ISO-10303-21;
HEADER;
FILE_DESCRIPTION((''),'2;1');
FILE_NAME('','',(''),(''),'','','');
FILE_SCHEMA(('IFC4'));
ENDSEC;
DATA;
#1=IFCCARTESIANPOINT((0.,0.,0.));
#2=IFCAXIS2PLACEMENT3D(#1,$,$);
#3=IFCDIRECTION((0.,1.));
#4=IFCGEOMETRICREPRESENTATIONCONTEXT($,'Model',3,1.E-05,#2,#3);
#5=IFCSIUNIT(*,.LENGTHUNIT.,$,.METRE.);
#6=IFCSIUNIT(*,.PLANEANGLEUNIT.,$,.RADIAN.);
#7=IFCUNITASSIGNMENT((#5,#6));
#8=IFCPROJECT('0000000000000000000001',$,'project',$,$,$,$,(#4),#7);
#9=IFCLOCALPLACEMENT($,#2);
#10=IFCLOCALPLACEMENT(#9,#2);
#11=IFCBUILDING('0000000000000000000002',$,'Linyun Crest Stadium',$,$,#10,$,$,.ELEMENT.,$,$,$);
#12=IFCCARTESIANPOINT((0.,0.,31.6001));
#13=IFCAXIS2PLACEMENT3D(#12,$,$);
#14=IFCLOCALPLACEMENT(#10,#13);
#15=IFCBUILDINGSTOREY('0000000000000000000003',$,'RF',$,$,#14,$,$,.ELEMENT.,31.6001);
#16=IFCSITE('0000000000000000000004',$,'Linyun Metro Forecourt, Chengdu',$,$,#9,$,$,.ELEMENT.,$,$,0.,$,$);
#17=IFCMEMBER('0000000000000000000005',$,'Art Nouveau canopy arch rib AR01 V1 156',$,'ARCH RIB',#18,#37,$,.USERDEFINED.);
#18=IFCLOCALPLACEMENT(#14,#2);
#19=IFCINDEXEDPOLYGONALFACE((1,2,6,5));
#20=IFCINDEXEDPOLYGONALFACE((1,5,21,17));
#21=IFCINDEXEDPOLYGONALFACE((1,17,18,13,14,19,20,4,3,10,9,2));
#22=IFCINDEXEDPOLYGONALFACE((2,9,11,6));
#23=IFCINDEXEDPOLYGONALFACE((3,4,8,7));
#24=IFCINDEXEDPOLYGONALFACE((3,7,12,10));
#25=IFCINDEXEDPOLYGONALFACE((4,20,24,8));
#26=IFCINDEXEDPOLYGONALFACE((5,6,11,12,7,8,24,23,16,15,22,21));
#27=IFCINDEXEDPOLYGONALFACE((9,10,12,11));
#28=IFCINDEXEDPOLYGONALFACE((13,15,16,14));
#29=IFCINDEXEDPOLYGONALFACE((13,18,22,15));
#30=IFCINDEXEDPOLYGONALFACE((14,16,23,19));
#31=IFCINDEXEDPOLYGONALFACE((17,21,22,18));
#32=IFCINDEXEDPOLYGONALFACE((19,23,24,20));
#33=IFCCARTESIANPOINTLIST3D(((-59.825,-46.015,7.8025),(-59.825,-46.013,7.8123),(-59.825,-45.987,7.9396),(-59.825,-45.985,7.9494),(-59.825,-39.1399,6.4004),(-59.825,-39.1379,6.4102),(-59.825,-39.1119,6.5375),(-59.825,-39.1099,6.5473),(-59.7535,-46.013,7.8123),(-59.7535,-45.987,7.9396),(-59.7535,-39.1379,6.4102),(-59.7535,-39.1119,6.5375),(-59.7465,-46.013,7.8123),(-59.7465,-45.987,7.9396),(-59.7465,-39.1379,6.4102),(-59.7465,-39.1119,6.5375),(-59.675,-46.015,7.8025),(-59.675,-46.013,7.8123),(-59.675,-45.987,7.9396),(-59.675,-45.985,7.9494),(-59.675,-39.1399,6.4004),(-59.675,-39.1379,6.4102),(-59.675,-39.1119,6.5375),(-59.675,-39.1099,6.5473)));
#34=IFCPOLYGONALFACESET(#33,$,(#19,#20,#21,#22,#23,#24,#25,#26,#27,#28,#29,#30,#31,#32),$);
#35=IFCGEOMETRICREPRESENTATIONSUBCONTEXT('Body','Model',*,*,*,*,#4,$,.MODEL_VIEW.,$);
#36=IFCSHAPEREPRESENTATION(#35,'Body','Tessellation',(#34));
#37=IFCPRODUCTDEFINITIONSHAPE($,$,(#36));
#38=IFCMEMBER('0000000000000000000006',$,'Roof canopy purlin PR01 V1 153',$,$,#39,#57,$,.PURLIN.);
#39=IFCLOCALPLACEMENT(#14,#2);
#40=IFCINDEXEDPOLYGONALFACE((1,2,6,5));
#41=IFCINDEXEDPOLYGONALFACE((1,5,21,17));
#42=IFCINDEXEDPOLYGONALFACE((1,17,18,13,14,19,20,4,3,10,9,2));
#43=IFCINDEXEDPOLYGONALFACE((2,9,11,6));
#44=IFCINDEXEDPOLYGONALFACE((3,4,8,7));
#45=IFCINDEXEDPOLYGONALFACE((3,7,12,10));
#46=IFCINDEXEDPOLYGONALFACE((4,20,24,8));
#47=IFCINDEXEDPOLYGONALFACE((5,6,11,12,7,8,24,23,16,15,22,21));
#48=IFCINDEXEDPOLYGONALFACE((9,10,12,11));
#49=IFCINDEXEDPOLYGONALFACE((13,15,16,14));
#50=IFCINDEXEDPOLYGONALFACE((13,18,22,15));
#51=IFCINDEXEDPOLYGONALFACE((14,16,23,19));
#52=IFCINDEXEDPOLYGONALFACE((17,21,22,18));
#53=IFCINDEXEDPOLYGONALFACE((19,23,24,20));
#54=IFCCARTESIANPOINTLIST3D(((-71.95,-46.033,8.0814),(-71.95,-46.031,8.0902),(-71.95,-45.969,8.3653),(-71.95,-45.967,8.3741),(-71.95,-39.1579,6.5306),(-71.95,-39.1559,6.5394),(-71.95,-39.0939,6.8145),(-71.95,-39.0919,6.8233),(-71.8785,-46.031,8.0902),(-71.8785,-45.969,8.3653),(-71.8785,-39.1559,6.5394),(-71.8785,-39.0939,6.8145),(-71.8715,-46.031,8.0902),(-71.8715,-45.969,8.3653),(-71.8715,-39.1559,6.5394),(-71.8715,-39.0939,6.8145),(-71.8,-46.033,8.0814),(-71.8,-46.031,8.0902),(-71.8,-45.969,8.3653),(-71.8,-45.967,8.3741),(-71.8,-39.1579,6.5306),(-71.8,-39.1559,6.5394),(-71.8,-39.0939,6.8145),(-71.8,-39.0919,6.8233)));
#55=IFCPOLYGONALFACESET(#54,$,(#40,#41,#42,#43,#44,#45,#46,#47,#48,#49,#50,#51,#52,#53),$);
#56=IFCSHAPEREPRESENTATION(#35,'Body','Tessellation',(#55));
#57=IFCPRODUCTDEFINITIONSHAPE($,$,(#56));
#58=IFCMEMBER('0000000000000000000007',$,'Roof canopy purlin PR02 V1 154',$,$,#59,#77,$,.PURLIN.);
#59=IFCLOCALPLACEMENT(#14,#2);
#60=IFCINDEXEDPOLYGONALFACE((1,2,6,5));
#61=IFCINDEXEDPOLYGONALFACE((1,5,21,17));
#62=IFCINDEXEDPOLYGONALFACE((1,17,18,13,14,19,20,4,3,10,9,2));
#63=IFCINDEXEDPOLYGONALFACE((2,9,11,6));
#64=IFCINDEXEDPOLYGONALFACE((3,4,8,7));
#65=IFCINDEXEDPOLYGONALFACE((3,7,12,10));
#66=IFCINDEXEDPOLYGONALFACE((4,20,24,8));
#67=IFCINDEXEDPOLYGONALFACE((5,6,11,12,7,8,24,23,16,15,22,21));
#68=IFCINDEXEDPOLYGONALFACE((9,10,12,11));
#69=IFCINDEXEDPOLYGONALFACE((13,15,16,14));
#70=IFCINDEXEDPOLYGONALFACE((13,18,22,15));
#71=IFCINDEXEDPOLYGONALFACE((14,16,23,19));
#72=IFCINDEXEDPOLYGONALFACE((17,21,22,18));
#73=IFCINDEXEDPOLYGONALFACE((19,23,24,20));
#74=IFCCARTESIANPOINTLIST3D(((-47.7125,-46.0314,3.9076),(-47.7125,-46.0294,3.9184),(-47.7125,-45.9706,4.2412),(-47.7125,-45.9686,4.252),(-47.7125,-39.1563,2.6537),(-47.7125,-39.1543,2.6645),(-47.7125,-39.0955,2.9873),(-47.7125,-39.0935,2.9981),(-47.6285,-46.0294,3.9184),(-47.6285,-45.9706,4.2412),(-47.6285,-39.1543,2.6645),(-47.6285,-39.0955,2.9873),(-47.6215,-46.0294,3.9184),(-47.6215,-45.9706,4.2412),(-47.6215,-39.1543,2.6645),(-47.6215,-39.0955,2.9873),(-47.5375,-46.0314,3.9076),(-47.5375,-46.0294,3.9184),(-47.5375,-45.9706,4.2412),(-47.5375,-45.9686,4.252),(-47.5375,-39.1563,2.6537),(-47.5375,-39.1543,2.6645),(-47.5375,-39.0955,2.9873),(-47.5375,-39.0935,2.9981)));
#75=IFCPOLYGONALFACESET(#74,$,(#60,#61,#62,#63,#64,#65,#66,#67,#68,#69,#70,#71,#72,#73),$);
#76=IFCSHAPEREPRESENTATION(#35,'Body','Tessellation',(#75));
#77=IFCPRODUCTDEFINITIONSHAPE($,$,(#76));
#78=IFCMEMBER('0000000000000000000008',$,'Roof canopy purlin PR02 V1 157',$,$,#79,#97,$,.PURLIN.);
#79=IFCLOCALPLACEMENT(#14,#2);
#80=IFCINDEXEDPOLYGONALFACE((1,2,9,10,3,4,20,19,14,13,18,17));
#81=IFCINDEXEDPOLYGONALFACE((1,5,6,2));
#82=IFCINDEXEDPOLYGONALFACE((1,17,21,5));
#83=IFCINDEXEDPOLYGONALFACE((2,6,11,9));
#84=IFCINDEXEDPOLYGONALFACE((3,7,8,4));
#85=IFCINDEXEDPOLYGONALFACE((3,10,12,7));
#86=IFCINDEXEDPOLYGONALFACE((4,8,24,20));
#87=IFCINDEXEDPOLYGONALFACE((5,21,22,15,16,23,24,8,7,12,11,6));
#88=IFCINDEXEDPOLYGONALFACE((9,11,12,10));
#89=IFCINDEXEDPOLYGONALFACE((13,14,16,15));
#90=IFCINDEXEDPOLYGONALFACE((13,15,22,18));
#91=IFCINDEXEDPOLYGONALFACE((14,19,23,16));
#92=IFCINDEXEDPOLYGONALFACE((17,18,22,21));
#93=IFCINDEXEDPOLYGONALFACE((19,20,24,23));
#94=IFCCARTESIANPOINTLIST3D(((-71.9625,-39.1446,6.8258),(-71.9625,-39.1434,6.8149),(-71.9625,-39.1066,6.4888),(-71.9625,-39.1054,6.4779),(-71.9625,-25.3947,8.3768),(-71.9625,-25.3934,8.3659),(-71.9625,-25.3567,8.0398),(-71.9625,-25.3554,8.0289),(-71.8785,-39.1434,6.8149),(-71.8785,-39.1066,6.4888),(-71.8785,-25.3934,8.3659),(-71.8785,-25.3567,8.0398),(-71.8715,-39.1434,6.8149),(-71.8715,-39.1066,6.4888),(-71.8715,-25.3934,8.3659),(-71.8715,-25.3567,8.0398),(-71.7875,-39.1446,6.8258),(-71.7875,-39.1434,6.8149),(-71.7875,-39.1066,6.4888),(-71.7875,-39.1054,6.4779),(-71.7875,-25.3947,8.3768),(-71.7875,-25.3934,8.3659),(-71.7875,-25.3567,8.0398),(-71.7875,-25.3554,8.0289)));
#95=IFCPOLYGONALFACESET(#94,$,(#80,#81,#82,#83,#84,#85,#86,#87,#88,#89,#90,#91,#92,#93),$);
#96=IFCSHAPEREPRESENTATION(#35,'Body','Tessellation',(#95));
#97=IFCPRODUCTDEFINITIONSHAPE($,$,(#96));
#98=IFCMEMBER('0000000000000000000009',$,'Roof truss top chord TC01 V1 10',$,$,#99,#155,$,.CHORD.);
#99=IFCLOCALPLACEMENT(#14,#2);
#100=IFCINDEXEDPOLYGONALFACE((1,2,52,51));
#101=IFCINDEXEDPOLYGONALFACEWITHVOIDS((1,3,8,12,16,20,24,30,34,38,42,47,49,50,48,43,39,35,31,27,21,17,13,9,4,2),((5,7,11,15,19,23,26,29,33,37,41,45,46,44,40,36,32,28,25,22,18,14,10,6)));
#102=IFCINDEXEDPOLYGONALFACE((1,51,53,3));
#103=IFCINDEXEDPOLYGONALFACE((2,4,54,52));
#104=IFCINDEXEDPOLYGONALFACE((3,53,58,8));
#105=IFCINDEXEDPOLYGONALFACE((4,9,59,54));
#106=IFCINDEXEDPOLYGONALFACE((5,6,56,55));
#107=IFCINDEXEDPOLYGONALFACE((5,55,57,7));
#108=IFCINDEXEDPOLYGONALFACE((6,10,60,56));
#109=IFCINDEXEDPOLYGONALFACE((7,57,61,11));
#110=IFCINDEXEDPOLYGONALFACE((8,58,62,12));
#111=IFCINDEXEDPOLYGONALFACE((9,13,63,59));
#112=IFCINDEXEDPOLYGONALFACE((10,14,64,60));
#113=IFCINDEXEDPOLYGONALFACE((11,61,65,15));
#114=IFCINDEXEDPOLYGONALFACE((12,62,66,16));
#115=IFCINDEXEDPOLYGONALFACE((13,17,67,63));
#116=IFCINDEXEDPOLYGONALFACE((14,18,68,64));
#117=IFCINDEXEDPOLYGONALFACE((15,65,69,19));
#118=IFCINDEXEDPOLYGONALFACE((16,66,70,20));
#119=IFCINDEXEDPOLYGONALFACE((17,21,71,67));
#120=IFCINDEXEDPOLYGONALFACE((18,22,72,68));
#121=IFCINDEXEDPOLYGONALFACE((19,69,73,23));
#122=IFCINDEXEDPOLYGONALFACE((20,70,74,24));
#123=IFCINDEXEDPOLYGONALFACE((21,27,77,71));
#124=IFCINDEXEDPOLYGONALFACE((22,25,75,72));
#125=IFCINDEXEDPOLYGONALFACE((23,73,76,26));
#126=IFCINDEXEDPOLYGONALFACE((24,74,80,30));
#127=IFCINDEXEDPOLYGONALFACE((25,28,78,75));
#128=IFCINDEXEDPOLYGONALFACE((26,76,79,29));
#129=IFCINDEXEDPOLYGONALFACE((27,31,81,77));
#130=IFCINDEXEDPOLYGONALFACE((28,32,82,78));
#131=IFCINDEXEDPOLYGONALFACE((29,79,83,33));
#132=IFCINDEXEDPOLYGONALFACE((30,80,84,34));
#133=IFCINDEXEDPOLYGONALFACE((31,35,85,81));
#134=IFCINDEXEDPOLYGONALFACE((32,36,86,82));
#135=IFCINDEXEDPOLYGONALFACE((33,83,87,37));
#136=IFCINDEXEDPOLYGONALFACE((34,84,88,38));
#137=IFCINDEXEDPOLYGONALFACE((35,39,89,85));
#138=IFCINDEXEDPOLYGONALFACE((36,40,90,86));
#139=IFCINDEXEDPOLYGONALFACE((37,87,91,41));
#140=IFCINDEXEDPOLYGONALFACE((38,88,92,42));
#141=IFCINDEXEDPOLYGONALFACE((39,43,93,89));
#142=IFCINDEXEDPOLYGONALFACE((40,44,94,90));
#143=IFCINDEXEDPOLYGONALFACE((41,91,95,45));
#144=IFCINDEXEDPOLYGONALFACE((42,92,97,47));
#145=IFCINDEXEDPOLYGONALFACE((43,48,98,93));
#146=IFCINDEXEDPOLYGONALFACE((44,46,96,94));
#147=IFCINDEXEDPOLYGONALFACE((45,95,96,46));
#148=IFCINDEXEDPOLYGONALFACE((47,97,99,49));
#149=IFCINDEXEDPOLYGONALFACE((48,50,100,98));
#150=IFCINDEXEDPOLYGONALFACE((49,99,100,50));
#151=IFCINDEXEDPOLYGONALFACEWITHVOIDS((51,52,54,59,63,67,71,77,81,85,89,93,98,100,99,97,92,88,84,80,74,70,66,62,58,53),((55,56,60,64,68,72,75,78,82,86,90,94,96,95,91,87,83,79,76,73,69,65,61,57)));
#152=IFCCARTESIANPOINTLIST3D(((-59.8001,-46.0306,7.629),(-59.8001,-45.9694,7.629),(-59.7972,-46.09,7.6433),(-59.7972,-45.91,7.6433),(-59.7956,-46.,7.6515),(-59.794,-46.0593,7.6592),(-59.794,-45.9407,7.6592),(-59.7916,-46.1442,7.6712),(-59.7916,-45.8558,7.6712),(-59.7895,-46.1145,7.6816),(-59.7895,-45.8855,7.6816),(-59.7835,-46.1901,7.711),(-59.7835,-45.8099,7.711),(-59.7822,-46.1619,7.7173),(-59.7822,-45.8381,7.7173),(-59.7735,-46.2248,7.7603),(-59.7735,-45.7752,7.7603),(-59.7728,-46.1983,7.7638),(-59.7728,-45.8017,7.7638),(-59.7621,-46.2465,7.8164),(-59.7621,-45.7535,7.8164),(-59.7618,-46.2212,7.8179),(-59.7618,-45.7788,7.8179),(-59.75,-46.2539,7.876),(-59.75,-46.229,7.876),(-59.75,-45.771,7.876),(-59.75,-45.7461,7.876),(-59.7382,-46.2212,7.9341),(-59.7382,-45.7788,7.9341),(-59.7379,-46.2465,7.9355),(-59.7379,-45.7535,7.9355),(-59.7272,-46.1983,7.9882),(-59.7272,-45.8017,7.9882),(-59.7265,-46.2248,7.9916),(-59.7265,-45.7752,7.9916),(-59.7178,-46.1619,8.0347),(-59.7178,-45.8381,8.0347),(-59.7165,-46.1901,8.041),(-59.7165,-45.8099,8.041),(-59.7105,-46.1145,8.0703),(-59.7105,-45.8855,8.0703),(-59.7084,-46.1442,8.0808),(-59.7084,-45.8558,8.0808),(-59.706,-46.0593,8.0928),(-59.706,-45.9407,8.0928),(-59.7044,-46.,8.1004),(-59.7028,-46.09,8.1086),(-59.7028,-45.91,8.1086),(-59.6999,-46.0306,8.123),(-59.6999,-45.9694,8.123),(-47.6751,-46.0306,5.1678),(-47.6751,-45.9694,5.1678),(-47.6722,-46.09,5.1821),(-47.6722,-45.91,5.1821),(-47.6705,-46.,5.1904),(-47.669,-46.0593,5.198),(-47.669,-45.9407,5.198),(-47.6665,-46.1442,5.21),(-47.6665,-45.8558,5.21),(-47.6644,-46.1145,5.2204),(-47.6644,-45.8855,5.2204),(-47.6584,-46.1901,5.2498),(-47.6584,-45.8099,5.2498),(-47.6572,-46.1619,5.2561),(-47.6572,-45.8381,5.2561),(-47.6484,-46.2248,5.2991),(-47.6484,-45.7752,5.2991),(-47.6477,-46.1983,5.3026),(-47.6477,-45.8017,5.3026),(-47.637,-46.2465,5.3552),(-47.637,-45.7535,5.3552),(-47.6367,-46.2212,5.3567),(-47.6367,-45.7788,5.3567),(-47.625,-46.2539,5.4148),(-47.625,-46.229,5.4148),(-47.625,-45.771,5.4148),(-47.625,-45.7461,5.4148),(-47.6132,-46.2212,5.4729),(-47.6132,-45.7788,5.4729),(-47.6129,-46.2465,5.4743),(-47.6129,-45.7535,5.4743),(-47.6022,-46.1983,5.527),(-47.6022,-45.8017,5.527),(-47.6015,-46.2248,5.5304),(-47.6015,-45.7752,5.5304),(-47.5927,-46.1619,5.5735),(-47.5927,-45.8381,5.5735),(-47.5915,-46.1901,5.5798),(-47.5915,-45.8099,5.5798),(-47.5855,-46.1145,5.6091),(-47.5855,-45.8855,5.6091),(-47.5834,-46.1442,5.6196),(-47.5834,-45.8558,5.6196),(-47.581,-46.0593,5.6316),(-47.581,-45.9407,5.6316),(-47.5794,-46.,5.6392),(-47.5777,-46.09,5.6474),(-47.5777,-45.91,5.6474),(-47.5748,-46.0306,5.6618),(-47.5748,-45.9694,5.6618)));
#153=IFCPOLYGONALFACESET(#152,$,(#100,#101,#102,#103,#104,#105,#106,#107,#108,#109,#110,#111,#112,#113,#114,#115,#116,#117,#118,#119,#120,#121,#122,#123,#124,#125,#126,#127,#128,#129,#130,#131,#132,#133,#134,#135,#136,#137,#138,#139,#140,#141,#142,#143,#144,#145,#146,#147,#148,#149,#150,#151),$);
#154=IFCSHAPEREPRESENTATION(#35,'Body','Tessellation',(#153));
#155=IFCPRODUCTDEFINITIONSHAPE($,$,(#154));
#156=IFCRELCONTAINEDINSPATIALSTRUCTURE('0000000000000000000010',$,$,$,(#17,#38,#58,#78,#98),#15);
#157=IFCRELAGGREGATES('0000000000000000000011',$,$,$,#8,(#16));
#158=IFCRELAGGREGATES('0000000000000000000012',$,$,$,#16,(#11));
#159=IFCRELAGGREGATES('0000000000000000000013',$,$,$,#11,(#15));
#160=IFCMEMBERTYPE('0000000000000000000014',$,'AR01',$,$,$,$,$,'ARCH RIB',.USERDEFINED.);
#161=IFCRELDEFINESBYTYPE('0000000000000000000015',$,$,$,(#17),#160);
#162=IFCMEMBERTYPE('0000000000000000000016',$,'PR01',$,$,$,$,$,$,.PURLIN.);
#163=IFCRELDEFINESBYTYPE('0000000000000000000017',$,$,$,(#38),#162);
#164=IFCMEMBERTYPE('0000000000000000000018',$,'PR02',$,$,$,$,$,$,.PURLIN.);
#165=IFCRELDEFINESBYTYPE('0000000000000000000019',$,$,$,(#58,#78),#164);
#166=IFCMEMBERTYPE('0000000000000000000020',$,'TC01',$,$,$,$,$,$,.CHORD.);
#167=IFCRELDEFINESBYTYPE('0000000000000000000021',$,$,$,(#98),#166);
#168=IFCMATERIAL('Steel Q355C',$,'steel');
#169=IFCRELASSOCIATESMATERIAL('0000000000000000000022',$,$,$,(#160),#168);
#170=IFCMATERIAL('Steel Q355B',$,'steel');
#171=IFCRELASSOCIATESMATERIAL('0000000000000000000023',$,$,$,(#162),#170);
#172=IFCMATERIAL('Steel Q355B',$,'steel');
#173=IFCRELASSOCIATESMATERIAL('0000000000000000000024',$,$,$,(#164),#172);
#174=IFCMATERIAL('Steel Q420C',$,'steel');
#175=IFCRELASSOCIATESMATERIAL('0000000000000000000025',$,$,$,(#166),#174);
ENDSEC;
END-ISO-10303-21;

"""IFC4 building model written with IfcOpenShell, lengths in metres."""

from ifc_helpers import new_model, si_unit, direction, frame, origin, origin_2d, place, context, subcontext, project, spatial, hollow_circle, i_section, extrude, material, material_profile, profile_set, type_object, element, save


model = new_model("IFC4")

# Units and contexts
model_context = context("Model", 3, precision=1e-05, world=origin(), true_north=direction((0.0, 1.0)))
body_context = subcontext(model_context, "Body", "Model", "MODEL_VIEW")
ifc_project = project(units=[si_unit("LENGTHUNIT", "METRE"), si_unit("PLANEANGLEUNIT", "RADIAN")], contexts=[model_context])

# Site, building, storey
site_placement = place(None, origin())
site = spatial("IfcSite", under=ifc_project, at=site_placement, Name="Linyun Metro Forecourt, Chengdu", CompositionType="ELEMENT", RefElevation=0.0)
building_placement = place(site_placement, origin())
building = spatial("IfcBuilding", under=site, at=building_placement, Name="Linyun Crest Stadium", CompositionType="ELEMENT")
storey_placement = place(building_placement, frame((0.0, 0.0, 31.6001)))
storey = spatial("IfcBuildingStorey", under=building, at=storey_placement, Name="RF", CompositionType="ELEMENT", Elevation=31.6001)

# Members
ifc_material_1 = material(Name="Steel Q355C", Category="steel")
ifc_material_profile_1 = material_profile(ifc_material_1, i_section(OverallWidth=0.1499, OverallDepth=0.1499, WebThickness=0.0071, FlangeThickness=0.01, at=origin_2d()), Name="HW 150x150")
ifc_profile_set_1 = profile_set([ifc_material_profile_1], Name="Steel Q355C")
member_type_1 = type_object("IfcMemberType", Name="AR01", ElementType="ARCH RIB", PredefinedType="USERDEFINED", material=ifc_profile_set_1)
member_1_placement = place(storey_placement, frame((-59.75, -46.0, 7.876), z_axis=(0.0, 0.979831, -0.199828), x_axis=(-1.0, 0.0, 0.0)))
element("IfcMember", 1, at=member_1_placement, inside=storey, type_object=member_type_1, Name="Art Nouveau canopy arch rib AR01 V1 156", ObjectType="ARCH RIB", PredefinedType="USERDEFINED", context=body_context, shape_type="SweptSolid", body=[
    extrude(i_section(OverallWidth=0.1499, OverallDepth=0.1499, WebThickness=0.0071, FlangeThickness=0.01, at=origin_2d()), origin(), (0.0, 0.0, 1.0), 7.0166),
])
ifc_material_2 = material(Name="Steel Q355B", Category="steel")
ifc_material_profile_2 = material_profile(ifc_material_2, i_section(OverallWidth=0.1499, OverallDepth=0.3, WebThickness=0.0071, FlangeThickness=0.009, at=origin_2d()), Name="HN 300x150")
ifc_profile_set_2 = profile_set([ifc_material_profile_2], Name="Steel Q355B")
member_type_2 = type_object("IfcMemberType", Name="PR01", PredefinedType="PURLIN", material=ifc_profile_set_2)
member_2_placement = place(storey_placement, frame((-71.875, -46.0, 8.2278), z_axis=(0.0, 0.975491, -0.22004), x_axis=(-1.0, 0.0, 0.0)))
element("IfcMember", 2, at=member_2_placement, inside=storey, type_object=member_type_2, Name="Roof canopy purlin PR01 V1 153", PredefinedType="PURLIN", context=body_context, shape_type="SweptSolid", body=[
    extrude(i_section(OverallWidth=0.1499, OverallDepth=0.3, WebThickness=0.0071, FlangeThickness=0.009, at=origin_2d()), origin(), (0.0, 0.0, 1.0), 7.0479),
])
ifc_material_3 = material(Name="Steel Q355B", Category="steel")
ifc_material_profile_3 = material_profile(ifc_material_3, i_section(OverallWidth=0.175, OverallDepth=0.3501, WebThickness=0.0071, FlangeThickness=0.011, at=origin_2d()), Name="HN 350x175")
ifc_profile_set_3 = profile_set([ifc_material_profile_3], Name="Steel Q355B")
member_type_3 = type_object("IfcMemberType", Name="PR02", PredefinedType="PURLIN", material=ifc_profile_set_3)
member_3_placement = place(storey_placement, frame((-47.625, -46.0, 4.0798), z_axis=(0.0, 0.983771, -0.179426), x_axis=(-1.0, 0.0, 0.0)))
element("IfcMember", 3, at=member_3_placement, inside=storey, type_object=member_type_3, Name="Roof canopy purlin PR02 V1 154", PredefinedType="PURLIN", context=body_context, shape_type="SweptSolid", body=[
    extrude(i_section(OverallWidth=0.175, OverallDepth=0.3501, WebThickness=0.0071, FlangeThickness=0.011, at=origin_2d()), origin(), (0.0, 0.0, 1.0), 6.9885),
])
member_4_placement = place(storey_placement, frame((-71.875, -39.125, 6.6519), z_axis=(0.0, 0.993698, 0.112091), x_axis=(-1.0, 0.0, 0.0)))
element("IfcMember", 4, at=member_4_placement, inside=storey, type_object=member_type_3, Name="Roof canopy purlin PR02 V1 157", PredefinedType="PURLIN", context=body_context, shape_type="SweptSolid", body=[
    extrude(i_section(OverallWidth=0.175, OverallDepth=0.3501, WebThickness=0.0071, FlangeThickness=0.011, at=origin_2d()), origin(), (0.0, 0.0, 1.0), 13.8372),
])
ifc_material_4 = material(Name="Steel Q420C", Category="steel")
ifc_material_profile_4 = material_profile(ifc_material_4, hollow_circle(Radius=0.2539, WallThickness=0.0249, at=origin_2d()), Name="CHS 508x25")
ifc_profile_set_4 = profile_set([ifc_material_profile_4], Name="Steel Q420C")
member_type_4 = type_object("IfcMemberType", Name="TC01", PredefinedType="CHORD", material=ifc_profile_set_4)
member_5_placement = place(storey_placement, frame((-59.75, -46.0, 7.876), z_axis=(0.980014, 0.0, -0.198927), x_axis=(0.0, 1.0, 0.0)))
element("IfcMember", 5, at=member_5_placement, inside=storey, type_object=member_type_4, Name="Roof truss top chord TC01 V1 10", PredefinedType="CHORD", context=body_context, shape_type="SweptSolid", body=[
    extrude(hollow_circle(Radius=0.2539, WallThickness=0.0249, at=origin_2d()), origin(), (0.0, 0.0, 1.0), 12.3723),
])

save(model, "model.ifc")
